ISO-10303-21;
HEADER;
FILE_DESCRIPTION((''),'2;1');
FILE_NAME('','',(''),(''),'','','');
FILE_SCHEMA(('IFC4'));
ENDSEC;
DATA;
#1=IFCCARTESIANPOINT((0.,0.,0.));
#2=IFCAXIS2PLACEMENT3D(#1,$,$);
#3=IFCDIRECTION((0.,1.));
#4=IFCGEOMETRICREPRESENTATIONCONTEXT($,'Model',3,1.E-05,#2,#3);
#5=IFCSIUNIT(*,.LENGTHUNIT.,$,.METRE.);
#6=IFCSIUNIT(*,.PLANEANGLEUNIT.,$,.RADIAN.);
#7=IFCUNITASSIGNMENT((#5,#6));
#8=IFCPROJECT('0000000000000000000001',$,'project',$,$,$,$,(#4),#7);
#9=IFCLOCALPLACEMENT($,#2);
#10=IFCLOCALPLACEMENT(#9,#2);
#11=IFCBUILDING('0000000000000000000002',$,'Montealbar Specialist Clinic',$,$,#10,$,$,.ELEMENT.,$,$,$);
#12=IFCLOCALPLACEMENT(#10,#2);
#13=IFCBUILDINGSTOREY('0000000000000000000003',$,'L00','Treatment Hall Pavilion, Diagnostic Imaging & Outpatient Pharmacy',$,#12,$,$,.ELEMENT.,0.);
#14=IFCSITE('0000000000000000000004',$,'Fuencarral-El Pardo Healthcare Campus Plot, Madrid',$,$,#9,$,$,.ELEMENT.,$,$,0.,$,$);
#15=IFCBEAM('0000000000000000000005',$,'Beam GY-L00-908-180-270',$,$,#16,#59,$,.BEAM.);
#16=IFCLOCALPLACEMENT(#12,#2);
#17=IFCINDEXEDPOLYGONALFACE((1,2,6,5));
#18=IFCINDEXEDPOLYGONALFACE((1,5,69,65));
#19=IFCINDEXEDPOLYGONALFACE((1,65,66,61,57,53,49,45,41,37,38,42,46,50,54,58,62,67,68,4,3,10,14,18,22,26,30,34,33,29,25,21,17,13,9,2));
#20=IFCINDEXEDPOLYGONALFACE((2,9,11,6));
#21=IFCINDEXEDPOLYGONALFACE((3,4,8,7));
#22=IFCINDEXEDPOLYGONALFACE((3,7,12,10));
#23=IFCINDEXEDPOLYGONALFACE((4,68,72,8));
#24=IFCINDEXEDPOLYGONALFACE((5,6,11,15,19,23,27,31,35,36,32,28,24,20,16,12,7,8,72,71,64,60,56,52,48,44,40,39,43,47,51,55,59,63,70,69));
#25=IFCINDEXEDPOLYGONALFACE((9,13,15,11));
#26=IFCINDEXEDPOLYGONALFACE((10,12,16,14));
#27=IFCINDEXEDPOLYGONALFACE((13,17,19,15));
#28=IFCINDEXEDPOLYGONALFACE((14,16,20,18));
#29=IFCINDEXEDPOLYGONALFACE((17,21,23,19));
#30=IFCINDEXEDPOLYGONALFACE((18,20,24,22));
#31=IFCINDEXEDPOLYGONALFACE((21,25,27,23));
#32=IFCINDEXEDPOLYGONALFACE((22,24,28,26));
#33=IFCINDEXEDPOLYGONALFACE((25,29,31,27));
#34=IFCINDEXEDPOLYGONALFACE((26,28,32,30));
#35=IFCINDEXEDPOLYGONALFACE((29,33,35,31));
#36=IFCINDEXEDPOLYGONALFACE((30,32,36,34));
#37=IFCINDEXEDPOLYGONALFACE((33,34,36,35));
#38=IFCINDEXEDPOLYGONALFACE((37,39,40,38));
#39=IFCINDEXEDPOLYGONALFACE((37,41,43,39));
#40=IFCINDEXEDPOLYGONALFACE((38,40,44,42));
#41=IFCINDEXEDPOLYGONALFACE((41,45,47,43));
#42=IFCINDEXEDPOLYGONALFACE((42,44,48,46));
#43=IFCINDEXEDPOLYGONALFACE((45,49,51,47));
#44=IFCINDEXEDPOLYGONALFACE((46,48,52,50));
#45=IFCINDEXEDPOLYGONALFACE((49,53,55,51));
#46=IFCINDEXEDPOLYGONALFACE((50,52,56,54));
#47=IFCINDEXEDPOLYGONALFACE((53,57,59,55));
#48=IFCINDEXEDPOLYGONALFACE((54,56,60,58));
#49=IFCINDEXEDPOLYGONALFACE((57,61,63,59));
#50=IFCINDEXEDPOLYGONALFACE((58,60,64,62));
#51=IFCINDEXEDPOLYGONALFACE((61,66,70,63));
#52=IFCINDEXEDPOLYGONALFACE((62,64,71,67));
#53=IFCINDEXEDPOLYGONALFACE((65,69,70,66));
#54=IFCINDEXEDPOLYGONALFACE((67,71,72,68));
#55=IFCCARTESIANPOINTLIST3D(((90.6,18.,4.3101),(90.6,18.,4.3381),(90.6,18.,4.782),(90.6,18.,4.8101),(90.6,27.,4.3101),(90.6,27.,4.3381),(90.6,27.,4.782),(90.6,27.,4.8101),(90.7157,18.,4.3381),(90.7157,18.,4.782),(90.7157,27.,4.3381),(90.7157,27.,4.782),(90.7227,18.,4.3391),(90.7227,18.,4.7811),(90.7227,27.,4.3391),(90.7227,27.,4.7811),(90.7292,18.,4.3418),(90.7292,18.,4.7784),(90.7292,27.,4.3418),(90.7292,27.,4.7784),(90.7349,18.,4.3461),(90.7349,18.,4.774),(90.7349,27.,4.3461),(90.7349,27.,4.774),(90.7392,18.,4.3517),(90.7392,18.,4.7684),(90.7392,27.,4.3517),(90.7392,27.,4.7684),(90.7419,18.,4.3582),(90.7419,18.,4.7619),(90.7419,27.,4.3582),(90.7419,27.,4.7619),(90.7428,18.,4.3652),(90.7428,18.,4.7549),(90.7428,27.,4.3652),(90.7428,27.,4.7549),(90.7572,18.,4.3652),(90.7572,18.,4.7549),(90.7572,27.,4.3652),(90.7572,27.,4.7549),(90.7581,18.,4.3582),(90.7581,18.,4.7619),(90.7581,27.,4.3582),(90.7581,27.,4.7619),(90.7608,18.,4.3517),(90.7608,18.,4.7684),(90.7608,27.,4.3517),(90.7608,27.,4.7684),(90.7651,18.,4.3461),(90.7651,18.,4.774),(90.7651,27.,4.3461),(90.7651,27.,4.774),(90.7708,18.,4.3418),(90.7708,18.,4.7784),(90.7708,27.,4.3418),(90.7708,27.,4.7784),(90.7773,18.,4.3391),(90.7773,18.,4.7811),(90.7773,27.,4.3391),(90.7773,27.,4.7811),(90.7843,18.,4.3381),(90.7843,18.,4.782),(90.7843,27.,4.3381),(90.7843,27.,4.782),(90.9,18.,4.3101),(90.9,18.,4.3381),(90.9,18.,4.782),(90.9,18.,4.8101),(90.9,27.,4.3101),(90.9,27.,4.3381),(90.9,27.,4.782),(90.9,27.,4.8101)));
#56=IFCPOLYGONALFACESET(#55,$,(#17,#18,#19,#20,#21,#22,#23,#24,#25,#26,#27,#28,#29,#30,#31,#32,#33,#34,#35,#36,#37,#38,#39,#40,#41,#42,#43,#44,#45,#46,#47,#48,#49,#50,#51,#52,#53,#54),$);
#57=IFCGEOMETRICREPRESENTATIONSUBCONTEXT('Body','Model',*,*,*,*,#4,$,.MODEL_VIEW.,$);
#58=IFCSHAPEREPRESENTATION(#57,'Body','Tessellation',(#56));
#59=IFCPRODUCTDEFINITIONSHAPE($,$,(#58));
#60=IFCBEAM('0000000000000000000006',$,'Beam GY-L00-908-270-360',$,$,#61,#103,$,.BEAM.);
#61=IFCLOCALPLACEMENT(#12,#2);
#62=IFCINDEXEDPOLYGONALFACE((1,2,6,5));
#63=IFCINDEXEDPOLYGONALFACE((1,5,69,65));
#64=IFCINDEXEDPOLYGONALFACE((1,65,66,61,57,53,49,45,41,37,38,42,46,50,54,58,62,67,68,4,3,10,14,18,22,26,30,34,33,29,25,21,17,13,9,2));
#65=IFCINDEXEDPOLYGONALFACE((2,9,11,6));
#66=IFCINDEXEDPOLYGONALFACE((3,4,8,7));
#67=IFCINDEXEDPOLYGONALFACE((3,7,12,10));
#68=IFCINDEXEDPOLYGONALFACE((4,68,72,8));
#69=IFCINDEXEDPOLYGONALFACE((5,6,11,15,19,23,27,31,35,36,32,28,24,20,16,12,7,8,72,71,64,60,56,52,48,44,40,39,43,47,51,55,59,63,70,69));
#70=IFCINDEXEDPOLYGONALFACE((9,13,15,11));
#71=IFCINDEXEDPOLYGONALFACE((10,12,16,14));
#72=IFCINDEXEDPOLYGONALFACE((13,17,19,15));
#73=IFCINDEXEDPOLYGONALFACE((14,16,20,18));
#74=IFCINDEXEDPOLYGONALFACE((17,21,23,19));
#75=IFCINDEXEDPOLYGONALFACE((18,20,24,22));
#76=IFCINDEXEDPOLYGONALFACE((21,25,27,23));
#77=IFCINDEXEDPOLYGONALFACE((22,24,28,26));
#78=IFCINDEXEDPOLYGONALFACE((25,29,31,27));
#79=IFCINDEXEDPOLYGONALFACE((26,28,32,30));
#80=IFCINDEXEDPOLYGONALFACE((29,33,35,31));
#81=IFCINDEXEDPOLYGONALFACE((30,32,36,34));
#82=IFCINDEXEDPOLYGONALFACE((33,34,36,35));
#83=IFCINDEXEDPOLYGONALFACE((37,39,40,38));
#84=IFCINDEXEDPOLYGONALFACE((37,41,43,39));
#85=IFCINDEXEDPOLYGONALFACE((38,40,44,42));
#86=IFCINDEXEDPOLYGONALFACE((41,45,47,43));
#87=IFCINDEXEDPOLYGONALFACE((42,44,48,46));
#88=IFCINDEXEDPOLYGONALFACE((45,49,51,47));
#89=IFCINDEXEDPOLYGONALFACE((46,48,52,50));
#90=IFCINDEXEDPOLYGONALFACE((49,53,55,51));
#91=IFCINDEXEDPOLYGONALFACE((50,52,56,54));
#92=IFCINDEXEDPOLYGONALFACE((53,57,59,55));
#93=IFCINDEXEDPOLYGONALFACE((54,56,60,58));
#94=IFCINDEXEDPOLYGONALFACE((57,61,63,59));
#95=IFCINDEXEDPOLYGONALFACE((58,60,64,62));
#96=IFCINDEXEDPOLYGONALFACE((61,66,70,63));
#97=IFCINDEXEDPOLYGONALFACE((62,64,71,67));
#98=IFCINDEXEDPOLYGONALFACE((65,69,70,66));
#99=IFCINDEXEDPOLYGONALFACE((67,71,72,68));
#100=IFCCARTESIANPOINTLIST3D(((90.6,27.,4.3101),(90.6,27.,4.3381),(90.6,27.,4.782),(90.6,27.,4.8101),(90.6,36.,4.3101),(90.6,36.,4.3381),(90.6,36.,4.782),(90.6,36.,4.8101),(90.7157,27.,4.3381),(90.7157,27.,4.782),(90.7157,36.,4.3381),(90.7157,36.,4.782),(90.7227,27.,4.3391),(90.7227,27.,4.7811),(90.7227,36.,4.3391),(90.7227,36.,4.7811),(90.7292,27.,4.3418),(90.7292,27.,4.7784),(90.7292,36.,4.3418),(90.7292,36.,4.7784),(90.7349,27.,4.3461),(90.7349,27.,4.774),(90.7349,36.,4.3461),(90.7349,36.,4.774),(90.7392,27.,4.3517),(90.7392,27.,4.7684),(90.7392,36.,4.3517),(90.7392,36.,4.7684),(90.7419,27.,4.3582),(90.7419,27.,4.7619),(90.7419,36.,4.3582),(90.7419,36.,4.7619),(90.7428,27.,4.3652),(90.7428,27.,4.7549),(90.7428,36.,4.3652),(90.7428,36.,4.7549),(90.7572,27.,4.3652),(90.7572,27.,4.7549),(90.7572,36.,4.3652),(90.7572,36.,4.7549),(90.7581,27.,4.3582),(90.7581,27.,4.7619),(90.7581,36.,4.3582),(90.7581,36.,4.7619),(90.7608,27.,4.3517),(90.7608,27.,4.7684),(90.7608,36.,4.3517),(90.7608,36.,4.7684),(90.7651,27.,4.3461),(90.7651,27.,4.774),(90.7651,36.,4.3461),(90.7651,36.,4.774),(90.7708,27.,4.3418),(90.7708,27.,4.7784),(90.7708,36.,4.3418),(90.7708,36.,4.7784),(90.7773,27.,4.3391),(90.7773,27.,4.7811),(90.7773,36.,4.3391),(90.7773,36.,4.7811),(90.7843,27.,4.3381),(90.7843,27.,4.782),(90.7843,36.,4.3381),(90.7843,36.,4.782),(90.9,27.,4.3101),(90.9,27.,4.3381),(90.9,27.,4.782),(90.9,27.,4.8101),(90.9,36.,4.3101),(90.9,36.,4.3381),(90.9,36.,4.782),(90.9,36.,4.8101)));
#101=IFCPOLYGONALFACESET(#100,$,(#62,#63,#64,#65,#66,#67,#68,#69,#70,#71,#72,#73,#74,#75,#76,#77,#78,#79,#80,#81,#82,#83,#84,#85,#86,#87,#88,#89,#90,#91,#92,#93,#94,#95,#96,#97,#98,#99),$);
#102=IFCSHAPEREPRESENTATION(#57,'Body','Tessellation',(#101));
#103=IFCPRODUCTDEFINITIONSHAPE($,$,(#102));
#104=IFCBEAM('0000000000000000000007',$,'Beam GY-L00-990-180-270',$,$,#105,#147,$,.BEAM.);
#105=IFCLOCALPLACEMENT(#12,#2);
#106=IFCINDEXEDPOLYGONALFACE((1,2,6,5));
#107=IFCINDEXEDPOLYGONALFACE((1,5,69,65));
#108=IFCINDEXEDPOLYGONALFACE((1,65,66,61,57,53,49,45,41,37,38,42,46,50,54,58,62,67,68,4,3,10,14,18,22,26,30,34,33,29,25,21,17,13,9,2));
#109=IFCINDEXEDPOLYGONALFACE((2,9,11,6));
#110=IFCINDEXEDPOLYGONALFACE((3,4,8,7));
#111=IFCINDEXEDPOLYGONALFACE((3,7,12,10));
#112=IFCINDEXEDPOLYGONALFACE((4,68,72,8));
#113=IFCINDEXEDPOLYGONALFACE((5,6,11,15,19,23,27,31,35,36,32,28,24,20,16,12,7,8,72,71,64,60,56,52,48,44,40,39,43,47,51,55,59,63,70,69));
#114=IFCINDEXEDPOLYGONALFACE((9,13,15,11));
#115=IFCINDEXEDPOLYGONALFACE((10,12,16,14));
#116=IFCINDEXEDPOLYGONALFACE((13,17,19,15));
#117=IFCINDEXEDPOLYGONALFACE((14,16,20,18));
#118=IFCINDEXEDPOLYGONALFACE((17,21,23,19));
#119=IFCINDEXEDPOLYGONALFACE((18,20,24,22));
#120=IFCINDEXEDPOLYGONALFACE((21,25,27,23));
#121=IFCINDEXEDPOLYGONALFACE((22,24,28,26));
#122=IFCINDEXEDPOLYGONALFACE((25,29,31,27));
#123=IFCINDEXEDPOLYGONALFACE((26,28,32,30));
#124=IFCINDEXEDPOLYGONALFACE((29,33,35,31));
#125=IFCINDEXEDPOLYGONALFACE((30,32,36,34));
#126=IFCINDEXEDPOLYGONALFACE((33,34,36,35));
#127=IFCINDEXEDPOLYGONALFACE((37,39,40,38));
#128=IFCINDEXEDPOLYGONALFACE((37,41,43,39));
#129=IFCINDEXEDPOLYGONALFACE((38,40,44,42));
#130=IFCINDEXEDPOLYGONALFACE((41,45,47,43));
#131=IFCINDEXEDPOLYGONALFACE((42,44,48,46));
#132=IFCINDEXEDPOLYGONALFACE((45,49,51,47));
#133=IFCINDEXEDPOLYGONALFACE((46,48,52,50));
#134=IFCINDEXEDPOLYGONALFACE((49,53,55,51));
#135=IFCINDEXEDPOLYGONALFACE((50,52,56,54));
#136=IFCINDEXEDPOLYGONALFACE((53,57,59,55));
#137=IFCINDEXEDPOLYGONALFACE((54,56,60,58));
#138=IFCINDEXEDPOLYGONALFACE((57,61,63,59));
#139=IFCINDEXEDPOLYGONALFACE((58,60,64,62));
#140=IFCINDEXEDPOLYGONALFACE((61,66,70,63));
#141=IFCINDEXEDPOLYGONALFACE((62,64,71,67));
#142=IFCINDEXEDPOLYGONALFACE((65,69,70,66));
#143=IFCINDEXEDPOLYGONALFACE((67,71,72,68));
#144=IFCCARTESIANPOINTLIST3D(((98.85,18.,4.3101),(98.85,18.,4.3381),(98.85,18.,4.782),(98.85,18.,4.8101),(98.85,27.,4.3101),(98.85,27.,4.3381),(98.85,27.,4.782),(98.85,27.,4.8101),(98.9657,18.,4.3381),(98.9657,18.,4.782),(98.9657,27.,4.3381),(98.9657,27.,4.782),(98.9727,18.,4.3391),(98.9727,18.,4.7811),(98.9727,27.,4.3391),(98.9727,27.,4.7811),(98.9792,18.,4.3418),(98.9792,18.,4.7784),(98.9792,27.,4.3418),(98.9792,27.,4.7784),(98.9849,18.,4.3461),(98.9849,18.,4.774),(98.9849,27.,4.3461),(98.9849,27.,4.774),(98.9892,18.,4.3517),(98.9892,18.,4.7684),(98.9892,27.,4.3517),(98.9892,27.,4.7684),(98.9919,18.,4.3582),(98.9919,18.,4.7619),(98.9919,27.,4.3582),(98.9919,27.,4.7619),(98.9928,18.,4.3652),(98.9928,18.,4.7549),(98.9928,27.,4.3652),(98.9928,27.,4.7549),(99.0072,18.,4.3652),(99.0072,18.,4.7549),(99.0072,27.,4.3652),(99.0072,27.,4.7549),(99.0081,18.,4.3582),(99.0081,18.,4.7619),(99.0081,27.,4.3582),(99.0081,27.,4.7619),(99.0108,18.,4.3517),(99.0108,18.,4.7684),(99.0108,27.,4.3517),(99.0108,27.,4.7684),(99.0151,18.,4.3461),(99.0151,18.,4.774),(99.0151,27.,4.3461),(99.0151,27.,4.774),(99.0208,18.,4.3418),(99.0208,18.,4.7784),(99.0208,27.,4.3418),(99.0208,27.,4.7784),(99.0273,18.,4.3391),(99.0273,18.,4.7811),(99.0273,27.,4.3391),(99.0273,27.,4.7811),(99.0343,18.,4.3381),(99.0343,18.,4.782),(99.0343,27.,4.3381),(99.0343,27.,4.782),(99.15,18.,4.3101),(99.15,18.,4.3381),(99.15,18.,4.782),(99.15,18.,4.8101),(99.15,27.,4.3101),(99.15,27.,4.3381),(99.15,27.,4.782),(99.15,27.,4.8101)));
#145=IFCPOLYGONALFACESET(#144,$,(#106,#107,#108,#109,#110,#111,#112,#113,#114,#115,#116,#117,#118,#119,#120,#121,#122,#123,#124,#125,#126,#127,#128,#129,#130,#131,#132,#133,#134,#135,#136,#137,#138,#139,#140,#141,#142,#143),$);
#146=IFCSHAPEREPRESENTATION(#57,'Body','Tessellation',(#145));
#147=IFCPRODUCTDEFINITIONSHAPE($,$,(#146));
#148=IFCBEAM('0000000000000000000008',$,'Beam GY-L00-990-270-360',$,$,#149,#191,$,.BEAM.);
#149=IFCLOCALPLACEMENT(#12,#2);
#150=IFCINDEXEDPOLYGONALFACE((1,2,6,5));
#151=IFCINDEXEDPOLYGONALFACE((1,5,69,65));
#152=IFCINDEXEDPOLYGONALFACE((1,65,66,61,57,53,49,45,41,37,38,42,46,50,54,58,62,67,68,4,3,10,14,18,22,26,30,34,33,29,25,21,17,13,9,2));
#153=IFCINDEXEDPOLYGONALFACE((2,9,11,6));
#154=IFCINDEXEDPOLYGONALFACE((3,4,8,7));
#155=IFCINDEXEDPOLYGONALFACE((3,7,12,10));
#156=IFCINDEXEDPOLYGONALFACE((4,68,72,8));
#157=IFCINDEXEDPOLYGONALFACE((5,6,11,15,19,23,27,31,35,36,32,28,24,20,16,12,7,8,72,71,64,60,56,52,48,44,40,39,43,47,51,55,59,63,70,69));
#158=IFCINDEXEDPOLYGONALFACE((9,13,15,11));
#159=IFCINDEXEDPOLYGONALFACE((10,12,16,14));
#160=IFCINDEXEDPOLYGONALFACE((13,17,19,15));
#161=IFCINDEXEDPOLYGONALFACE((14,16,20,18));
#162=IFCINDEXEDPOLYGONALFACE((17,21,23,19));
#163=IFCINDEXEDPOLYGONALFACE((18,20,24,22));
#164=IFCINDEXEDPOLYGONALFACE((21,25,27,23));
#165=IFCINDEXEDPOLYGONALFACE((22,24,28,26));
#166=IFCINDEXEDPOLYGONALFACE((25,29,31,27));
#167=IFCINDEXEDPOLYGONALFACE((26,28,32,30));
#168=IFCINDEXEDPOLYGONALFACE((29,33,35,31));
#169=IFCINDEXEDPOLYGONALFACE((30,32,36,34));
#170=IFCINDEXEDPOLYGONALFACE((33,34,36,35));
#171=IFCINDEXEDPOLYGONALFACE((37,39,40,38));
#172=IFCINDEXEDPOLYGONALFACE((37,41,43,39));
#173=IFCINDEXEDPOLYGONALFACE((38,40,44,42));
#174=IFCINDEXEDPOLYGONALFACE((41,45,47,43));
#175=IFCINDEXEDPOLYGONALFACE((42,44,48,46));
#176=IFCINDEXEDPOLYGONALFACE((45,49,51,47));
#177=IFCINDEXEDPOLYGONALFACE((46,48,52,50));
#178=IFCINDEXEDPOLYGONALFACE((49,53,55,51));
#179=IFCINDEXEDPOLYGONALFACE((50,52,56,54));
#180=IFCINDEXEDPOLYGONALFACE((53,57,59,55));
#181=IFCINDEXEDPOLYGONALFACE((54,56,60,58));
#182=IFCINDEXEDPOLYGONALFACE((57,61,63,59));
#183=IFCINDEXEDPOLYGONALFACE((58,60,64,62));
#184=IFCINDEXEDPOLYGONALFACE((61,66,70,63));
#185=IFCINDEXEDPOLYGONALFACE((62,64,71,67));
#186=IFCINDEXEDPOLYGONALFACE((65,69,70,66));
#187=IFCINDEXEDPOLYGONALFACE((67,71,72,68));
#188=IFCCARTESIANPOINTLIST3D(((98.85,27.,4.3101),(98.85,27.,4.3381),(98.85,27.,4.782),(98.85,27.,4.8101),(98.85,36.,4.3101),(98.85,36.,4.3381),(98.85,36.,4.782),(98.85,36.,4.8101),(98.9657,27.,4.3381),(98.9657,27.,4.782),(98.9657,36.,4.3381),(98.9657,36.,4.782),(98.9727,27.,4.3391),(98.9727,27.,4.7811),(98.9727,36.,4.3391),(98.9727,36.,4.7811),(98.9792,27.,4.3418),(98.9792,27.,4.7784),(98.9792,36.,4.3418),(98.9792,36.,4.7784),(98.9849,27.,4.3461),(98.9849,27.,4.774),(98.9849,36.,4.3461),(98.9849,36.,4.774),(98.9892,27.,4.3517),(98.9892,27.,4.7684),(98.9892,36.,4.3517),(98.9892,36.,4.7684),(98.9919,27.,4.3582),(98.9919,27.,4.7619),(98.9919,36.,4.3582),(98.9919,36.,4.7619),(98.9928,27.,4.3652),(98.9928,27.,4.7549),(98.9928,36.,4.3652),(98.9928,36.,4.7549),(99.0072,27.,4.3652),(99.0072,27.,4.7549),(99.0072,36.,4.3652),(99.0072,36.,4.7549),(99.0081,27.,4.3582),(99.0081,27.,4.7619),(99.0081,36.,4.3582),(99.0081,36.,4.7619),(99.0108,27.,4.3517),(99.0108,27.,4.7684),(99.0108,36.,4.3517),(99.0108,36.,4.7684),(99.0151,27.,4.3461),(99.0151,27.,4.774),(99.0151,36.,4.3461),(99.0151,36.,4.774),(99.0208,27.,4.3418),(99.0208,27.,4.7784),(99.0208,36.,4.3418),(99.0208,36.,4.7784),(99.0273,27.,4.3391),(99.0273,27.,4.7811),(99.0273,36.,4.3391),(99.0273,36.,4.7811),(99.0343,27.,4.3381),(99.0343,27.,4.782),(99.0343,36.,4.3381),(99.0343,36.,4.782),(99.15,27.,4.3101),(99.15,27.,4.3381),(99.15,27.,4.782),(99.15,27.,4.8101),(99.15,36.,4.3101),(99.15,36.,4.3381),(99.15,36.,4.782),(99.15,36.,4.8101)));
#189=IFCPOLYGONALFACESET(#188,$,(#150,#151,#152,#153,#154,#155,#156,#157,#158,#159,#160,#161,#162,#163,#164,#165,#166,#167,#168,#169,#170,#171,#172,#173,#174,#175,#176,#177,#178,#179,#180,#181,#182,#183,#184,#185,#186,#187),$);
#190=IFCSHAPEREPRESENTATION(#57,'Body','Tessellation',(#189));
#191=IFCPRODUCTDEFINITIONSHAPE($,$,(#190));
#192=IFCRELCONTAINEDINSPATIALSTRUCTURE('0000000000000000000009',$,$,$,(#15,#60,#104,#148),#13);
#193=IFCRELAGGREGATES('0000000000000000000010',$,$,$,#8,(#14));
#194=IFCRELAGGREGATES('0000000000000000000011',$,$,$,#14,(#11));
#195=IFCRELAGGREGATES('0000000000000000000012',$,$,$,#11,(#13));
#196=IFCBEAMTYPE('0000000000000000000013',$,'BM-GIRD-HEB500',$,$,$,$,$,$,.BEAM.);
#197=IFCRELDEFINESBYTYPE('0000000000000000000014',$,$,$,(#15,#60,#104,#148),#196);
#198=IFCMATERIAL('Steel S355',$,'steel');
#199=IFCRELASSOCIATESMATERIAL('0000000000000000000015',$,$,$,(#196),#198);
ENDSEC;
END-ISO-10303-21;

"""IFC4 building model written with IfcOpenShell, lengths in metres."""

from ifc_helpers import new_model, si_unit, direction, frame, origin, origin_2d, place, context, subcontext, project, spatial, i_section, extrude, material, material_profile, profile_set, type_object, element, save


model = new_model("IFC4")

# Units and contexts
model_context = context("Model", 3, precision=1e-05, world=origin(), true_north=direction((0.0, 1.0)))
body_context = subcontext(model_context, "Body", "Model", "MODEL_VIEW")
ifc_project = project(units=[si_unit("LENGTHUNIT", "METRE"), si_unit("PLANEANGLEUNIT", "RADIAN")], contexts=[model_context])

# Site, building, storey
site_placement = place(None, origin())
site = spatial("IfcSite", under=ifc_project, at=site_placement, Name="Fuencarral-El Pardo Healthcare Campus Plot, Madrid", CompositionType="ELEMENT", RefElevation=0.0)
building_placement = place(site_placement, origin())
building = spatial("IfcBuilding", under=site, at=building_placement, Name="Montealbar Specialist Clinic", CompositionType="ELEMENT")
storey_placement = place(building_placement, origin())
storey = spatial("IfcBuildingStorey", under=building, at=storey_placement, Name="L00", Description="Treatment Hall Pavilion, Diagnostic Imaging & Outpatient Pharmacy", CompositionType="ELEMENT", Elevation=0.0)

# Shared definitions
ifc_material_1 = material(Name="Steel S355", Category="steel")

# Beams
ifc_material_profile_1 = material_profile(ifc_material_1, i_section(OverallWidth=0.3, OverallDepth=0.5, WebThickness=0.0144, FlangeThickness=0.0281, FilletRadius=0.0271, at=origin_2d()), Name="HEB 500", Category="steel")
ifc_profile_set_1 = profile_set([ifc_material_profile_1], Name="Steel S355")
beam_type_1 = type_object("IfcBeamType", Name="BM-GIRD-HEB500", PredefinedType="BEAM", material=ifc_profile_set_1)
for number, where, z_axis, x_axis, name in (
    (1, (90.75, 18.0, 4.5601), (0.0, 1.0, 0.0), (-1.0, 0.0, 0.0), "Beam GY-L00-908-180-270"),
    (2, (90.75, 27.0, 4.5601), (0.0, 1.0, 0.0), (-1.0, 0.0, 0.0), "Beam GY-L00-908-270-360"),
    (3, (99.0, 18.0, 4.5601), (0.0, 1.0, 0.0), (-1.0, 0.0, 0.0), "Beam GY-L00-990-180-270"),
    (4, (99.0, 27.0, 4.5601), (0.0, 1.0, 0.0), (-1.0, 0.0, 0.0), "Beam GY-L00-990-270-360"),
):
    element("IfcBeam", number, at=place(storey_placement, frame(where, z_axis=z_axis, x_axis=x_axis)), inside=storey, type_object=beam_type_1, Name=name, PredefinedType="BEAM", context=body_context, shape_type="SweptSolid", body=[
        extrude(i_section(OverallWidth=0.3, OverallDepth=0.5, WebThickness=0.0144, FlangeThickness=0.0281, FilletRadius=0.0271, at=origin_2d()), origin(), (0.0, 0.0, 1.0), 9.0),
    ])

save(model, "model.ifc")
